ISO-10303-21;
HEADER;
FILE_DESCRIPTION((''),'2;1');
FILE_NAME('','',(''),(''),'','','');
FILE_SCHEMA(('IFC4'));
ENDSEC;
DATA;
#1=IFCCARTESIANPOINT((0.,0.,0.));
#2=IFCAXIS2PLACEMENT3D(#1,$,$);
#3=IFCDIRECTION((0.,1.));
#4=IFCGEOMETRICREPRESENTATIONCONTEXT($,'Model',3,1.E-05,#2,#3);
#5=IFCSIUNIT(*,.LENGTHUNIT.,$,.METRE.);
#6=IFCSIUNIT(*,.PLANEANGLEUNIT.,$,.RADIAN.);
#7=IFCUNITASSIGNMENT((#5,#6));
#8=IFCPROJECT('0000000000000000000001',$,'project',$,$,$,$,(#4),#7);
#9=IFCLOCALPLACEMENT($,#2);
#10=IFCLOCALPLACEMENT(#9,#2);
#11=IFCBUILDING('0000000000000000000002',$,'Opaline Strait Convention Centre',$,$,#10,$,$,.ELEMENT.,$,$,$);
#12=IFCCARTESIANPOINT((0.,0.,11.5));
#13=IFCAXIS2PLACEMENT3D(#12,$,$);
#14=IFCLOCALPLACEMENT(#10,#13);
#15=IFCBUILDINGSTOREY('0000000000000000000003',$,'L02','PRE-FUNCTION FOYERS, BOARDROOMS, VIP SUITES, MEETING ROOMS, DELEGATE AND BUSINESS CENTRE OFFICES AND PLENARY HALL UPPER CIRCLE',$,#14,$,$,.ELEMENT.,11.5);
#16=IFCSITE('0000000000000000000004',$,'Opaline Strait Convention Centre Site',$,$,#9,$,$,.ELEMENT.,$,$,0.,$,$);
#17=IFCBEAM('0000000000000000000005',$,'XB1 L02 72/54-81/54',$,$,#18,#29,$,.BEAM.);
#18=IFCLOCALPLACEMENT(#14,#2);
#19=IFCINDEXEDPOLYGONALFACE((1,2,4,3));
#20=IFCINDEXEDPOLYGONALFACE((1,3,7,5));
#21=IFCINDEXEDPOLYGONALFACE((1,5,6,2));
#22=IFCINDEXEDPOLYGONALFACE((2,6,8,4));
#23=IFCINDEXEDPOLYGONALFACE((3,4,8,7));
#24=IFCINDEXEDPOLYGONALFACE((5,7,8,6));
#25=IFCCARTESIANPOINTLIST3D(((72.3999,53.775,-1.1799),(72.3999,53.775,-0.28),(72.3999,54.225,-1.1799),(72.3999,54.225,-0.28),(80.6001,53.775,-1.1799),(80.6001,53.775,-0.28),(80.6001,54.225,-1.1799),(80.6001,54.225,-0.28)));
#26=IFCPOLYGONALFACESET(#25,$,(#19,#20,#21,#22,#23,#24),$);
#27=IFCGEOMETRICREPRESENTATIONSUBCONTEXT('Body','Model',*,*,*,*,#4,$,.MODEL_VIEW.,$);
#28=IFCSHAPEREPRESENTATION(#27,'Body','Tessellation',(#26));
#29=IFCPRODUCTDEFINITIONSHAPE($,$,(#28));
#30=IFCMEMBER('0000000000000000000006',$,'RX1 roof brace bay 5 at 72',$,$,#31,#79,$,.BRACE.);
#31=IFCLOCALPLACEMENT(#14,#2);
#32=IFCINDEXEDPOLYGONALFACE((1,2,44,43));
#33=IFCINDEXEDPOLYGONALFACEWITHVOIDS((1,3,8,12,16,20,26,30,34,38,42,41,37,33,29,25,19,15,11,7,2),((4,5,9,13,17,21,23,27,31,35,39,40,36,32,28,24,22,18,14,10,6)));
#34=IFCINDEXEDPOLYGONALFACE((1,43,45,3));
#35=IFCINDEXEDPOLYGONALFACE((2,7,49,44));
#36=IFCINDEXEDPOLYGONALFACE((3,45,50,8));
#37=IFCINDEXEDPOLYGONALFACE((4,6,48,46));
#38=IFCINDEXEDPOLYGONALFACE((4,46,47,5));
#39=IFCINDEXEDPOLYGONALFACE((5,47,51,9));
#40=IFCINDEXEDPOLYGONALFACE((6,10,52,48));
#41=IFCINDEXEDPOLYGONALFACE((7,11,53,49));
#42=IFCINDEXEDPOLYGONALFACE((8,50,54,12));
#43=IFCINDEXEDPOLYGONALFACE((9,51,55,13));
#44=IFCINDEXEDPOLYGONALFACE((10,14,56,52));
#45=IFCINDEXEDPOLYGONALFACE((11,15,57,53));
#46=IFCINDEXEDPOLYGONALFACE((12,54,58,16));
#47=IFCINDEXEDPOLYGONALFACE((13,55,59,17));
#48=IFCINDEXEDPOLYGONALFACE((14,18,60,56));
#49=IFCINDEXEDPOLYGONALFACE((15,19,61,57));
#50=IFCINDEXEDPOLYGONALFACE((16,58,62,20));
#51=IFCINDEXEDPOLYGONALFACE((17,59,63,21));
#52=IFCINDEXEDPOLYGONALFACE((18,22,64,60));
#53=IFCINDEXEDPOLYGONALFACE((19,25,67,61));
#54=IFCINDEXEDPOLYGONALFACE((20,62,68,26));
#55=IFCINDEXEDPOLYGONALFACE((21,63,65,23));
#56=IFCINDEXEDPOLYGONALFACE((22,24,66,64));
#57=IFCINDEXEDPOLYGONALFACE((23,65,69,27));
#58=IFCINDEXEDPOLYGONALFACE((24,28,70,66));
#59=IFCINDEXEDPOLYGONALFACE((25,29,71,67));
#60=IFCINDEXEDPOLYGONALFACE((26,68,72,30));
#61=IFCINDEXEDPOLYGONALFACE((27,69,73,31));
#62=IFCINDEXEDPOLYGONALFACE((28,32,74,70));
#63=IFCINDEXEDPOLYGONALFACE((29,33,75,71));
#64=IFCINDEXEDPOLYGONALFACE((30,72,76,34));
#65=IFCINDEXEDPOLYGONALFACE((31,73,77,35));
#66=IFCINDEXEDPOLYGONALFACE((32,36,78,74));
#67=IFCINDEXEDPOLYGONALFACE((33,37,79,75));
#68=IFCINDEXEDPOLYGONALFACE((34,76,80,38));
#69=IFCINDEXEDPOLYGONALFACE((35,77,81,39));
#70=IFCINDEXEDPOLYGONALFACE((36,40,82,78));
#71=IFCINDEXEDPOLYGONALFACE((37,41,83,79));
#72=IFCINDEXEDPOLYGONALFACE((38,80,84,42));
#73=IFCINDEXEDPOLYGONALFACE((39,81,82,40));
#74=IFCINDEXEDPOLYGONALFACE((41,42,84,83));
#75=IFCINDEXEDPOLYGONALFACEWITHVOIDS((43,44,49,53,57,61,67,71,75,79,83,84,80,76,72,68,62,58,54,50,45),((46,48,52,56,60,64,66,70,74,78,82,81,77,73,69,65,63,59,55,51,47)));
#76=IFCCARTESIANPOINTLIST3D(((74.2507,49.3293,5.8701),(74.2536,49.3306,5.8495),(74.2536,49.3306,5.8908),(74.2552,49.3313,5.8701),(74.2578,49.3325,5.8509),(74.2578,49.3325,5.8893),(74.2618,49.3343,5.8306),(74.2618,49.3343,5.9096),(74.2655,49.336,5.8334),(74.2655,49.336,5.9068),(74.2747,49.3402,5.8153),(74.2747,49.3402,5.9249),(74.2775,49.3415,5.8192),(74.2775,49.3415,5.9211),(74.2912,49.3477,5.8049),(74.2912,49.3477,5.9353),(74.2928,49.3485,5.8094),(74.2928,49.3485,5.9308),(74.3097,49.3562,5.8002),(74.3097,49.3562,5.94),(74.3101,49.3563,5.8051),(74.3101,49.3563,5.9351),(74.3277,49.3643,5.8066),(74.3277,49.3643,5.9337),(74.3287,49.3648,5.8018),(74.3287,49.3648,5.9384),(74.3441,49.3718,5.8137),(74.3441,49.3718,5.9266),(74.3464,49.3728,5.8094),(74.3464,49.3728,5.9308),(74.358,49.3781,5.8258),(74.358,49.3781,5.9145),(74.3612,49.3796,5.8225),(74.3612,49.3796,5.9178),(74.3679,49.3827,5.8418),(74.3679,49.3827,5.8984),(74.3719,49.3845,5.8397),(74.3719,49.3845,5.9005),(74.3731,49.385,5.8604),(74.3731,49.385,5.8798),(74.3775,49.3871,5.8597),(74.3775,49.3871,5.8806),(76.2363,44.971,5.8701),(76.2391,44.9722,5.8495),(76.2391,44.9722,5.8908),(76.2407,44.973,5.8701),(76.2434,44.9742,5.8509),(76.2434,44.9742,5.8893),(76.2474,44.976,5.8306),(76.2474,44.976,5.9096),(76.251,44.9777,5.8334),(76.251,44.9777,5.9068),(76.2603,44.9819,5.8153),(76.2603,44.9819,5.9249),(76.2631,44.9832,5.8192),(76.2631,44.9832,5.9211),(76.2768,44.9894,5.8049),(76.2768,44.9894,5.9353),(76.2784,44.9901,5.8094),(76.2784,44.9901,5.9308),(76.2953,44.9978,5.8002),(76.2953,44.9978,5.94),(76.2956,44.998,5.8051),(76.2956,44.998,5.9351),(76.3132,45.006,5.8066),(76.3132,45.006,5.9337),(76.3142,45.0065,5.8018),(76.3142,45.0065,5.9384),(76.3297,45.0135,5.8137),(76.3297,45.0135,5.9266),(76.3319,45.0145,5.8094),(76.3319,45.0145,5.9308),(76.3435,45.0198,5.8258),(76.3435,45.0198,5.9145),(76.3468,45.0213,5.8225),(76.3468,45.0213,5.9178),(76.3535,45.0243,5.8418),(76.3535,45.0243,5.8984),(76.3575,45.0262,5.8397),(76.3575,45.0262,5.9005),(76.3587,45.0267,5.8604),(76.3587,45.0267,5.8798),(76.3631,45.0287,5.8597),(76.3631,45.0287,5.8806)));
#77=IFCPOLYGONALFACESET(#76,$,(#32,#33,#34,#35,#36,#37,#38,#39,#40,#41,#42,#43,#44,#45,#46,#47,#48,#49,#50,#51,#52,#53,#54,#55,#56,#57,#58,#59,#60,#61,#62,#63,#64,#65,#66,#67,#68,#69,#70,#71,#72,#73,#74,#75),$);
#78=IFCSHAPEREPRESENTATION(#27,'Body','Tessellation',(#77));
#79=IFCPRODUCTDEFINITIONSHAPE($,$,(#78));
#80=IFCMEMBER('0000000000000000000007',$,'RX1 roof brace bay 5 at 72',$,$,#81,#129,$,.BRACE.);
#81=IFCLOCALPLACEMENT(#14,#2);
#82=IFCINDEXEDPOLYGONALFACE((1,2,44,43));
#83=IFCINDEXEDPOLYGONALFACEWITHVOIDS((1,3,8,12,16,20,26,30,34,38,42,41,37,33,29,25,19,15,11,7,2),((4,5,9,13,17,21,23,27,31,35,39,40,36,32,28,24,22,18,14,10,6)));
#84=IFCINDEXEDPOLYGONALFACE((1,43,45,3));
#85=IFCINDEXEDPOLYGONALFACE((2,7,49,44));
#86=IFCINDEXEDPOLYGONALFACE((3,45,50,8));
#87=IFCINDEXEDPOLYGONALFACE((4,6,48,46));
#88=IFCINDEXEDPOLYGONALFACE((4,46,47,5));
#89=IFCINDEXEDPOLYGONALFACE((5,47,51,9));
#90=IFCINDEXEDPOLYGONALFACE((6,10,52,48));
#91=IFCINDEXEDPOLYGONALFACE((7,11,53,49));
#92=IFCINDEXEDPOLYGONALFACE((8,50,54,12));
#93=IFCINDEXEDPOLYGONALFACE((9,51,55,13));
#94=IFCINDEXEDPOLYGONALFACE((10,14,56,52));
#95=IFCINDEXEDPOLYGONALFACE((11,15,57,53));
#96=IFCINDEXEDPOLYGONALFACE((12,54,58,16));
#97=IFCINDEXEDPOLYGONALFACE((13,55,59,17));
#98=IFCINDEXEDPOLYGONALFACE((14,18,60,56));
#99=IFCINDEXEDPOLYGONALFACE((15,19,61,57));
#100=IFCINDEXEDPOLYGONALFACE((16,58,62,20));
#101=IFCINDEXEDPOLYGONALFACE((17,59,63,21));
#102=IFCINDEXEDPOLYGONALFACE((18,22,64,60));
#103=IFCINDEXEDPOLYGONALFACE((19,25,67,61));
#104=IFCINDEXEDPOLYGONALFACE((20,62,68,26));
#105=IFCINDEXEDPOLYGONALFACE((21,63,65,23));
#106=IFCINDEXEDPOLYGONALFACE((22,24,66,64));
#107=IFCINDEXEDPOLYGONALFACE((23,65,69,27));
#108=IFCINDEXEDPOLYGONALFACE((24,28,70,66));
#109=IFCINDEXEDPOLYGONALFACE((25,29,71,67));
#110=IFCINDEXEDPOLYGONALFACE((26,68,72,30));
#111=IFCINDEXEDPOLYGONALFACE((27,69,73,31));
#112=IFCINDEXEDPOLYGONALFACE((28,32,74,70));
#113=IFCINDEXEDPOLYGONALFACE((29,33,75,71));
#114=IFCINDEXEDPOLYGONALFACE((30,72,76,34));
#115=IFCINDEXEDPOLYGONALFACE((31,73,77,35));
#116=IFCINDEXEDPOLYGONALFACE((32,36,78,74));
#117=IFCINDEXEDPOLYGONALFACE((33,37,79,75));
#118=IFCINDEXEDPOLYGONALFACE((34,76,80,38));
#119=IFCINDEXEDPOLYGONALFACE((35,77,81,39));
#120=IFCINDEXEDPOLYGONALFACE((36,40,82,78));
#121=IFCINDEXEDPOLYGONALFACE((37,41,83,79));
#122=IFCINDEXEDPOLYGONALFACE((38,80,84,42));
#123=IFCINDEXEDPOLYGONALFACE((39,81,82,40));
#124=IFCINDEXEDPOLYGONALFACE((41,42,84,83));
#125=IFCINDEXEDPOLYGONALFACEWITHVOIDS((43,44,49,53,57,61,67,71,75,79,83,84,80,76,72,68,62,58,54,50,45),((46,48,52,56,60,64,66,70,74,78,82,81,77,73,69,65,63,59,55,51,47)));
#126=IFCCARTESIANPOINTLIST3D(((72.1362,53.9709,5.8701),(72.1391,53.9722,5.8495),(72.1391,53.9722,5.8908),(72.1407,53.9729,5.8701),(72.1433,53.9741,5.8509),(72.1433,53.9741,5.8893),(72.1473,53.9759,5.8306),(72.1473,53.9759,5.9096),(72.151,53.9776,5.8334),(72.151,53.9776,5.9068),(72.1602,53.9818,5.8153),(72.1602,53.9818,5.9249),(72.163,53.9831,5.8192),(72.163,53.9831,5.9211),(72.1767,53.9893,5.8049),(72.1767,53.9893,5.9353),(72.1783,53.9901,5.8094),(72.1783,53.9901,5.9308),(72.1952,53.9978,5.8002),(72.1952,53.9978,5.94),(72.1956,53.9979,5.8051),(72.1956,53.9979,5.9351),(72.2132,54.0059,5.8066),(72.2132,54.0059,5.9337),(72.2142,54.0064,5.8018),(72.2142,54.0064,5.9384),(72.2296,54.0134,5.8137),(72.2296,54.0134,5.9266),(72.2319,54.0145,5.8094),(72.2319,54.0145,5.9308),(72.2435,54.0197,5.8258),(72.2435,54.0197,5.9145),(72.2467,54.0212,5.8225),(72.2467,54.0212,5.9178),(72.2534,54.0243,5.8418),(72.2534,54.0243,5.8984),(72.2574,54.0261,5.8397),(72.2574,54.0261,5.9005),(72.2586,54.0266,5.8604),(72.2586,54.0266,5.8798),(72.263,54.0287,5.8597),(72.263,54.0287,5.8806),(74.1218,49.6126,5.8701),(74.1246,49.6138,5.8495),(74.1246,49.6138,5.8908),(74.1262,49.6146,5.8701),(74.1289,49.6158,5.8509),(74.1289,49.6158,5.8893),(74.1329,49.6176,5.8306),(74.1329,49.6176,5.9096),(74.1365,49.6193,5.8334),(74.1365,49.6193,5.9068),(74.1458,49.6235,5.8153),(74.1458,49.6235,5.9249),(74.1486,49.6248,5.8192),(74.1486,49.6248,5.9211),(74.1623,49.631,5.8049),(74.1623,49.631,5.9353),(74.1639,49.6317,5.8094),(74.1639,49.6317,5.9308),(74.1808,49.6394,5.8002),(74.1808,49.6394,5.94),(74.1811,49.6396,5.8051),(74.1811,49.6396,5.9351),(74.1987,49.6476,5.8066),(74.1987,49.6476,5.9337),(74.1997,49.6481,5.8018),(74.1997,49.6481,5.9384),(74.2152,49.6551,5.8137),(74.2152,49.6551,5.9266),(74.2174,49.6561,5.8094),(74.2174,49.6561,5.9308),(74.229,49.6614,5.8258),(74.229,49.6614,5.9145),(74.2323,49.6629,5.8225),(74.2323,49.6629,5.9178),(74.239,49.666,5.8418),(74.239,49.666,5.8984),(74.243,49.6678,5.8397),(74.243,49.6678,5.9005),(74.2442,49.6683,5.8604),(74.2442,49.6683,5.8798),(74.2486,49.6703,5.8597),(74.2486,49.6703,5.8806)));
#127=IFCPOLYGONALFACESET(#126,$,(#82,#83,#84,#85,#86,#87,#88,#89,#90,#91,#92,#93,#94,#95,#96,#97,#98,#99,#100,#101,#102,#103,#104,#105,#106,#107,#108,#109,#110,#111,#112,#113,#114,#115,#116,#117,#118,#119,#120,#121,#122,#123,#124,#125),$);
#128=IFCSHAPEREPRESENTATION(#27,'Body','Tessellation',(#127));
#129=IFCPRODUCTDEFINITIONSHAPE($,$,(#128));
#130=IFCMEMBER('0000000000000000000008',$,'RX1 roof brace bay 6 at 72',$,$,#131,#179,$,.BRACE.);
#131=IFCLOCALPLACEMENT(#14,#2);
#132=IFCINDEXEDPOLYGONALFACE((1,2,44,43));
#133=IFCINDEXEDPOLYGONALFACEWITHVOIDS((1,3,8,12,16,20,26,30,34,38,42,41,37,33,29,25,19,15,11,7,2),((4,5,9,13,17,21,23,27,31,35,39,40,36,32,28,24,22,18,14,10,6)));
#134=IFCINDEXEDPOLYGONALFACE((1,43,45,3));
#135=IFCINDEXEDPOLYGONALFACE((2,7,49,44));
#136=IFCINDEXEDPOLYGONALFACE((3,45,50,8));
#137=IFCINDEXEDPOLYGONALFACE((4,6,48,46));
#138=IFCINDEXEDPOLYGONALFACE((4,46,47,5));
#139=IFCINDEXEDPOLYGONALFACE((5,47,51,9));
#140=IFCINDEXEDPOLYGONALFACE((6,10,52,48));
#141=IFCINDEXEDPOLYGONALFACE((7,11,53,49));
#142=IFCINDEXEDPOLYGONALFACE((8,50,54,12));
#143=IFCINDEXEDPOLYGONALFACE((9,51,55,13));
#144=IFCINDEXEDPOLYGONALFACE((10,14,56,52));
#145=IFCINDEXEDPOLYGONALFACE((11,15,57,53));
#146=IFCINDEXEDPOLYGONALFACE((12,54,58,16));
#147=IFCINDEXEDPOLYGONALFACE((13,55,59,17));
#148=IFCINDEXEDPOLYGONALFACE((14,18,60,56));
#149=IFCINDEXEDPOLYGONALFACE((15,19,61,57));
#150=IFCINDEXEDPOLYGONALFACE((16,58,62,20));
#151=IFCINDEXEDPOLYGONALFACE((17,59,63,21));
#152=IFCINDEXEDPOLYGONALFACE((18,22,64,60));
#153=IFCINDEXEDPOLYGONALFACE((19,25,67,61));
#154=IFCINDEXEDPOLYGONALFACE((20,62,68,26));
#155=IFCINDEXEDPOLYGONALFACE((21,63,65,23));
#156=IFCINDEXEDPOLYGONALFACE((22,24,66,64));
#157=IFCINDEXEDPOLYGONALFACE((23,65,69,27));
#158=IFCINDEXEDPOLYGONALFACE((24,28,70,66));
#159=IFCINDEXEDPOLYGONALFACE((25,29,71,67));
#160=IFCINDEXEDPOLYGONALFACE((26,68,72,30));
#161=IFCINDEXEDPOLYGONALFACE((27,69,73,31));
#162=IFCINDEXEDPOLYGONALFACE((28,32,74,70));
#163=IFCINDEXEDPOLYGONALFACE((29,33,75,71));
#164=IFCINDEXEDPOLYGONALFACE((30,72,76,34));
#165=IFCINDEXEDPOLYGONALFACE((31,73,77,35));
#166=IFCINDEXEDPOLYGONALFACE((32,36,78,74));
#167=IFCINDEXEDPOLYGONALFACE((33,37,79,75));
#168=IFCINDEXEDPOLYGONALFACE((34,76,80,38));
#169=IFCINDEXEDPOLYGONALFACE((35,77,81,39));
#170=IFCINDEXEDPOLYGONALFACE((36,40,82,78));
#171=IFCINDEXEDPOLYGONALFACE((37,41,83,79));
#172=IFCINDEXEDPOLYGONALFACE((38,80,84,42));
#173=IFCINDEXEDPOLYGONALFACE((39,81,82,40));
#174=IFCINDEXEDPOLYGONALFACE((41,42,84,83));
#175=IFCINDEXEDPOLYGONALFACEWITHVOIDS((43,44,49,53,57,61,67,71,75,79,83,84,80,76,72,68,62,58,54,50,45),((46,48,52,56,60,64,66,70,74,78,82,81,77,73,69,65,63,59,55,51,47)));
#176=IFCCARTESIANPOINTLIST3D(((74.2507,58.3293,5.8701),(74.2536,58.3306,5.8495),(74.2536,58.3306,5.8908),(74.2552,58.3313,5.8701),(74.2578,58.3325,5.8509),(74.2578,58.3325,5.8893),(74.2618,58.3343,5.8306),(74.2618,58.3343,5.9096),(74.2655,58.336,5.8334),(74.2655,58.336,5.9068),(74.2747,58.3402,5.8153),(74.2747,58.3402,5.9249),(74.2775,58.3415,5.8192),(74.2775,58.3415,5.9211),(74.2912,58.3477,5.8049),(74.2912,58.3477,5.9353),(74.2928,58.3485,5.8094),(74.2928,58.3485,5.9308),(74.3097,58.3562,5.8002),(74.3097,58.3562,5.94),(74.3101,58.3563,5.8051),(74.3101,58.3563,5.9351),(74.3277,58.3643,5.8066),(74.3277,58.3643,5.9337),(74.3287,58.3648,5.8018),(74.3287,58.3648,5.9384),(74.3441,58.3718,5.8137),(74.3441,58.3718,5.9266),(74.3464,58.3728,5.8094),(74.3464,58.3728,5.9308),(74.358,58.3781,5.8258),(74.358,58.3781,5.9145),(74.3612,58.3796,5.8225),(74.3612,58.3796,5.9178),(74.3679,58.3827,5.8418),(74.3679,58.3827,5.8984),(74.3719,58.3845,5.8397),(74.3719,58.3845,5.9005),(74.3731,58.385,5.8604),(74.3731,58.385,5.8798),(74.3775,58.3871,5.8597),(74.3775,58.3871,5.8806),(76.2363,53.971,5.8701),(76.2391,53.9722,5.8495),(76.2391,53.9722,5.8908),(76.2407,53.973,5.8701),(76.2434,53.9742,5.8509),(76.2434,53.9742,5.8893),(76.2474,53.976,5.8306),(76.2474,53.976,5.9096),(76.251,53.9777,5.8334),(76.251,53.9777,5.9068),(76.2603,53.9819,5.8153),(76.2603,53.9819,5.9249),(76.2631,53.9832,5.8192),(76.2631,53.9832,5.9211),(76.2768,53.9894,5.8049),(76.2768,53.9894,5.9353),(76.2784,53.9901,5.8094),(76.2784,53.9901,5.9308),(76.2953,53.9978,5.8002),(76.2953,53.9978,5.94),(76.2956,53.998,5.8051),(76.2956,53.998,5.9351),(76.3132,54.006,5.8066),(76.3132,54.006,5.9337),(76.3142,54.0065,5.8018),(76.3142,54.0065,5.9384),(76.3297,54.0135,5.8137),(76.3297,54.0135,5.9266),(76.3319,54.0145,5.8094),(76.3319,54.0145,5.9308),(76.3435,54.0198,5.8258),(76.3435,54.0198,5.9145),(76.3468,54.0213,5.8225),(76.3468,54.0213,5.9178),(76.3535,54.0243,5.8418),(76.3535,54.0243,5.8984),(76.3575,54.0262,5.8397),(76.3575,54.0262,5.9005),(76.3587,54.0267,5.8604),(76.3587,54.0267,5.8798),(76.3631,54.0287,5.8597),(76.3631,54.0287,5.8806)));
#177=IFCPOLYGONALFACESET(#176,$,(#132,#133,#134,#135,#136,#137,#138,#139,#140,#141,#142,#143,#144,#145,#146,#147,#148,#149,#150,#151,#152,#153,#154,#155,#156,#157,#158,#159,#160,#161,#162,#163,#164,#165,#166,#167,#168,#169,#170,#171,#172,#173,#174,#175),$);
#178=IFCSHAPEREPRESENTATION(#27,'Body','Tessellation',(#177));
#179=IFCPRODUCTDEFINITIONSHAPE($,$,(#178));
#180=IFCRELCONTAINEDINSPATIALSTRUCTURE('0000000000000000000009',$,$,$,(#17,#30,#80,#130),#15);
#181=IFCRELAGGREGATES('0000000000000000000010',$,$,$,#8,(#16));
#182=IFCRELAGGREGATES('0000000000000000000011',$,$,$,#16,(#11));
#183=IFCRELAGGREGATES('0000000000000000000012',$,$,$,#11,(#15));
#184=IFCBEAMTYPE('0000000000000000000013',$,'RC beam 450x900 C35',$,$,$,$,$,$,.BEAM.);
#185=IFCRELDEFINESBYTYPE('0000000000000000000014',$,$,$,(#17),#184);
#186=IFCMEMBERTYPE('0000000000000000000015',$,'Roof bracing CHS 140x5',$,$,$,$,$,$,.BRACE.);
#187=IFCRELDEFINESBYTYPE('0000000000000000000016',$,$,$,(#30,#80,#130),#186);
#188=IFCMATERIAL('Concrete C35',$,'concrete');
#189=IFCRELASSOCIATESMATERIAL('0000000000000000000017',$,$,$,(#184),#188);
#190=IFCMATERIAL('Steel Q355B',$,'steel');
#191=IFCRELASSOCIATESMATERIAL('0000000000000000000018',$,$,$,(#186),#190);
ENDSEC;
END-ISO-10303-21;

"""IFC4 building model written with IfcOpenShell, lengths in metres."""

from ifc_helpers import new_model, si_unit, direction, frame, origin, origin_2d, place, context, subcontext, project, spatial, rectangle, hollow_circle, extrude, material, material_profile, profile_set, type_object, element, save


model = new_model("IFC4")

# Units and contexts
model_context = context("Model", 3, precision=1e-05, world=origin(), true_north=direction((0.0, 1.0)))
body_context = subcontext(model_context, "Body", "Model", "MODEL_VIEW")
ifc_project = project(units=[si_unit("LENGTHUNIT", "METRE"), si_unit("PLANEANGLEUNIT", "RADIAN")], contexts=[model_context])

# Site, building, storey
site_placement = place(None, origin())
site = spatial("IfcSite", under=ifc_project, at=site_placement, Name="Opaline Strait Convention Centre Site", CompositionType="ELEMENT", RefElevation=0.0)
building_placement = place(site_placement, origin())
building = spatial("IfcBuilding", under=site, at=building_placement, Name="Opaline Strait Convention Centre", CompositionType="ELEMENT")
storey_placement = place(building_placement, frame((0.0, 0.0, 11.5)))
storey = spatial("IfcBuildingStorey", under=building, at=storey_placement, Name="L02", Description="PRE-FUNCTION FOYERS, BOARDROOMS, VIP SUITES, MEETING ROOMS, DELEGATE AND BUSINESS CENTRE OFFICES AND PLENARY HALL UPPER CIRCLE", CompositionType="ELEMENT", Elevation=11.5)

# Shared definitions
ifc_material_1 = material(Name="Steel Q355B", Category="steel")

# Beam
ifc_material_2 = material(Name="Concrete C35", Category="concrete")
ifc_material_profile_1 = material_profile(ifc_material_2, rectangle(XDim=0.45, YDim=0.8999, at=origin_2d()), Name="RC 450x900")
ifc_profile_set_1 = profile_set([ifc_material_profile_1], Name="Concrete C35")
beam_type = type_object("IfcBeamType", Name="RC beam 450x900 C35", PredefinedType="BEAM", material=ifc_profile_set_1)
for number, where, z_axis, x_axis, name in (
    (1, (72.3999, 54.0, -0.73), (1.0, 0.0, 0.0), (0.0, 1.0, 0.0), "XB1 L02 72/54-81/54"),
):
    element("IfcBeam", number, at=place(storey_placement, frame(where, z_axis=z_axis, x_axis=x_axis)), inside=storey, type_object=beam_type, Name=name, PredefinedType="BEAM", context=body_context, shape_type="SweptSolid", body=[
        extrude(rectangle(XDim=0.45, YDim=0.8999, at=origin_2d()), origin(), (0.0, 0.0, 1.0), 8.2002),
    ])

# Members
ifc_material_profile_2 = material_profile(ifc_material_1, hollow_circle(Radius=0.0701, WallThickness=0.0049, at=origin_2d()), Name="CHS 140x5")
ifc_profile_set_2 = profile_set([ifc_material_profile_2], Name="Steel Q355B")
member_type_1 = type_object("IfcMemberType", Name="Roof bracing CHS 140x5", PredefinedType="BRACE", material=ifc_profile_set_2)
for number, where, z_axis, x_axis, name in (
    (2, (76.3, 45.0, 5.8701), (-0.414582, 0.910012, 0.0), (-0.910012, -0.414582, 0.0), "RX1 roof brace bay 5 at 72"),
    (3, (74.1855, 49.6416, 5.8701), (-0.414582, 0.910012, 0.0), (-0.910012, -0.414582, 0.0), "RX1 roof brace bay 5 at 72"),
    (4, (76.3, 54.0, 5.8701), (-0.414582, 0.910012, 0.0), (-0.910012, -0.414582, 0.0), "RX1 roof brace bay 6 at 72"),
):
    element("IfcMember", number, at=place(storey_placement, frame(where, z_axis=z_axis, x_axis=x_axis)), inside=storey, type_object=member_type_1, Name=name, PredefinedType="BRACE", context=body_context, shape_type="SweptSolid", body=[
        extrude(hollow_circle(Radius=0.0701, WallThickness=0.0049, at=origin_2d()), origin(), (0.0, 0.0, 1.0), 4.7893),
    ])

save(model, "model.ifc")
